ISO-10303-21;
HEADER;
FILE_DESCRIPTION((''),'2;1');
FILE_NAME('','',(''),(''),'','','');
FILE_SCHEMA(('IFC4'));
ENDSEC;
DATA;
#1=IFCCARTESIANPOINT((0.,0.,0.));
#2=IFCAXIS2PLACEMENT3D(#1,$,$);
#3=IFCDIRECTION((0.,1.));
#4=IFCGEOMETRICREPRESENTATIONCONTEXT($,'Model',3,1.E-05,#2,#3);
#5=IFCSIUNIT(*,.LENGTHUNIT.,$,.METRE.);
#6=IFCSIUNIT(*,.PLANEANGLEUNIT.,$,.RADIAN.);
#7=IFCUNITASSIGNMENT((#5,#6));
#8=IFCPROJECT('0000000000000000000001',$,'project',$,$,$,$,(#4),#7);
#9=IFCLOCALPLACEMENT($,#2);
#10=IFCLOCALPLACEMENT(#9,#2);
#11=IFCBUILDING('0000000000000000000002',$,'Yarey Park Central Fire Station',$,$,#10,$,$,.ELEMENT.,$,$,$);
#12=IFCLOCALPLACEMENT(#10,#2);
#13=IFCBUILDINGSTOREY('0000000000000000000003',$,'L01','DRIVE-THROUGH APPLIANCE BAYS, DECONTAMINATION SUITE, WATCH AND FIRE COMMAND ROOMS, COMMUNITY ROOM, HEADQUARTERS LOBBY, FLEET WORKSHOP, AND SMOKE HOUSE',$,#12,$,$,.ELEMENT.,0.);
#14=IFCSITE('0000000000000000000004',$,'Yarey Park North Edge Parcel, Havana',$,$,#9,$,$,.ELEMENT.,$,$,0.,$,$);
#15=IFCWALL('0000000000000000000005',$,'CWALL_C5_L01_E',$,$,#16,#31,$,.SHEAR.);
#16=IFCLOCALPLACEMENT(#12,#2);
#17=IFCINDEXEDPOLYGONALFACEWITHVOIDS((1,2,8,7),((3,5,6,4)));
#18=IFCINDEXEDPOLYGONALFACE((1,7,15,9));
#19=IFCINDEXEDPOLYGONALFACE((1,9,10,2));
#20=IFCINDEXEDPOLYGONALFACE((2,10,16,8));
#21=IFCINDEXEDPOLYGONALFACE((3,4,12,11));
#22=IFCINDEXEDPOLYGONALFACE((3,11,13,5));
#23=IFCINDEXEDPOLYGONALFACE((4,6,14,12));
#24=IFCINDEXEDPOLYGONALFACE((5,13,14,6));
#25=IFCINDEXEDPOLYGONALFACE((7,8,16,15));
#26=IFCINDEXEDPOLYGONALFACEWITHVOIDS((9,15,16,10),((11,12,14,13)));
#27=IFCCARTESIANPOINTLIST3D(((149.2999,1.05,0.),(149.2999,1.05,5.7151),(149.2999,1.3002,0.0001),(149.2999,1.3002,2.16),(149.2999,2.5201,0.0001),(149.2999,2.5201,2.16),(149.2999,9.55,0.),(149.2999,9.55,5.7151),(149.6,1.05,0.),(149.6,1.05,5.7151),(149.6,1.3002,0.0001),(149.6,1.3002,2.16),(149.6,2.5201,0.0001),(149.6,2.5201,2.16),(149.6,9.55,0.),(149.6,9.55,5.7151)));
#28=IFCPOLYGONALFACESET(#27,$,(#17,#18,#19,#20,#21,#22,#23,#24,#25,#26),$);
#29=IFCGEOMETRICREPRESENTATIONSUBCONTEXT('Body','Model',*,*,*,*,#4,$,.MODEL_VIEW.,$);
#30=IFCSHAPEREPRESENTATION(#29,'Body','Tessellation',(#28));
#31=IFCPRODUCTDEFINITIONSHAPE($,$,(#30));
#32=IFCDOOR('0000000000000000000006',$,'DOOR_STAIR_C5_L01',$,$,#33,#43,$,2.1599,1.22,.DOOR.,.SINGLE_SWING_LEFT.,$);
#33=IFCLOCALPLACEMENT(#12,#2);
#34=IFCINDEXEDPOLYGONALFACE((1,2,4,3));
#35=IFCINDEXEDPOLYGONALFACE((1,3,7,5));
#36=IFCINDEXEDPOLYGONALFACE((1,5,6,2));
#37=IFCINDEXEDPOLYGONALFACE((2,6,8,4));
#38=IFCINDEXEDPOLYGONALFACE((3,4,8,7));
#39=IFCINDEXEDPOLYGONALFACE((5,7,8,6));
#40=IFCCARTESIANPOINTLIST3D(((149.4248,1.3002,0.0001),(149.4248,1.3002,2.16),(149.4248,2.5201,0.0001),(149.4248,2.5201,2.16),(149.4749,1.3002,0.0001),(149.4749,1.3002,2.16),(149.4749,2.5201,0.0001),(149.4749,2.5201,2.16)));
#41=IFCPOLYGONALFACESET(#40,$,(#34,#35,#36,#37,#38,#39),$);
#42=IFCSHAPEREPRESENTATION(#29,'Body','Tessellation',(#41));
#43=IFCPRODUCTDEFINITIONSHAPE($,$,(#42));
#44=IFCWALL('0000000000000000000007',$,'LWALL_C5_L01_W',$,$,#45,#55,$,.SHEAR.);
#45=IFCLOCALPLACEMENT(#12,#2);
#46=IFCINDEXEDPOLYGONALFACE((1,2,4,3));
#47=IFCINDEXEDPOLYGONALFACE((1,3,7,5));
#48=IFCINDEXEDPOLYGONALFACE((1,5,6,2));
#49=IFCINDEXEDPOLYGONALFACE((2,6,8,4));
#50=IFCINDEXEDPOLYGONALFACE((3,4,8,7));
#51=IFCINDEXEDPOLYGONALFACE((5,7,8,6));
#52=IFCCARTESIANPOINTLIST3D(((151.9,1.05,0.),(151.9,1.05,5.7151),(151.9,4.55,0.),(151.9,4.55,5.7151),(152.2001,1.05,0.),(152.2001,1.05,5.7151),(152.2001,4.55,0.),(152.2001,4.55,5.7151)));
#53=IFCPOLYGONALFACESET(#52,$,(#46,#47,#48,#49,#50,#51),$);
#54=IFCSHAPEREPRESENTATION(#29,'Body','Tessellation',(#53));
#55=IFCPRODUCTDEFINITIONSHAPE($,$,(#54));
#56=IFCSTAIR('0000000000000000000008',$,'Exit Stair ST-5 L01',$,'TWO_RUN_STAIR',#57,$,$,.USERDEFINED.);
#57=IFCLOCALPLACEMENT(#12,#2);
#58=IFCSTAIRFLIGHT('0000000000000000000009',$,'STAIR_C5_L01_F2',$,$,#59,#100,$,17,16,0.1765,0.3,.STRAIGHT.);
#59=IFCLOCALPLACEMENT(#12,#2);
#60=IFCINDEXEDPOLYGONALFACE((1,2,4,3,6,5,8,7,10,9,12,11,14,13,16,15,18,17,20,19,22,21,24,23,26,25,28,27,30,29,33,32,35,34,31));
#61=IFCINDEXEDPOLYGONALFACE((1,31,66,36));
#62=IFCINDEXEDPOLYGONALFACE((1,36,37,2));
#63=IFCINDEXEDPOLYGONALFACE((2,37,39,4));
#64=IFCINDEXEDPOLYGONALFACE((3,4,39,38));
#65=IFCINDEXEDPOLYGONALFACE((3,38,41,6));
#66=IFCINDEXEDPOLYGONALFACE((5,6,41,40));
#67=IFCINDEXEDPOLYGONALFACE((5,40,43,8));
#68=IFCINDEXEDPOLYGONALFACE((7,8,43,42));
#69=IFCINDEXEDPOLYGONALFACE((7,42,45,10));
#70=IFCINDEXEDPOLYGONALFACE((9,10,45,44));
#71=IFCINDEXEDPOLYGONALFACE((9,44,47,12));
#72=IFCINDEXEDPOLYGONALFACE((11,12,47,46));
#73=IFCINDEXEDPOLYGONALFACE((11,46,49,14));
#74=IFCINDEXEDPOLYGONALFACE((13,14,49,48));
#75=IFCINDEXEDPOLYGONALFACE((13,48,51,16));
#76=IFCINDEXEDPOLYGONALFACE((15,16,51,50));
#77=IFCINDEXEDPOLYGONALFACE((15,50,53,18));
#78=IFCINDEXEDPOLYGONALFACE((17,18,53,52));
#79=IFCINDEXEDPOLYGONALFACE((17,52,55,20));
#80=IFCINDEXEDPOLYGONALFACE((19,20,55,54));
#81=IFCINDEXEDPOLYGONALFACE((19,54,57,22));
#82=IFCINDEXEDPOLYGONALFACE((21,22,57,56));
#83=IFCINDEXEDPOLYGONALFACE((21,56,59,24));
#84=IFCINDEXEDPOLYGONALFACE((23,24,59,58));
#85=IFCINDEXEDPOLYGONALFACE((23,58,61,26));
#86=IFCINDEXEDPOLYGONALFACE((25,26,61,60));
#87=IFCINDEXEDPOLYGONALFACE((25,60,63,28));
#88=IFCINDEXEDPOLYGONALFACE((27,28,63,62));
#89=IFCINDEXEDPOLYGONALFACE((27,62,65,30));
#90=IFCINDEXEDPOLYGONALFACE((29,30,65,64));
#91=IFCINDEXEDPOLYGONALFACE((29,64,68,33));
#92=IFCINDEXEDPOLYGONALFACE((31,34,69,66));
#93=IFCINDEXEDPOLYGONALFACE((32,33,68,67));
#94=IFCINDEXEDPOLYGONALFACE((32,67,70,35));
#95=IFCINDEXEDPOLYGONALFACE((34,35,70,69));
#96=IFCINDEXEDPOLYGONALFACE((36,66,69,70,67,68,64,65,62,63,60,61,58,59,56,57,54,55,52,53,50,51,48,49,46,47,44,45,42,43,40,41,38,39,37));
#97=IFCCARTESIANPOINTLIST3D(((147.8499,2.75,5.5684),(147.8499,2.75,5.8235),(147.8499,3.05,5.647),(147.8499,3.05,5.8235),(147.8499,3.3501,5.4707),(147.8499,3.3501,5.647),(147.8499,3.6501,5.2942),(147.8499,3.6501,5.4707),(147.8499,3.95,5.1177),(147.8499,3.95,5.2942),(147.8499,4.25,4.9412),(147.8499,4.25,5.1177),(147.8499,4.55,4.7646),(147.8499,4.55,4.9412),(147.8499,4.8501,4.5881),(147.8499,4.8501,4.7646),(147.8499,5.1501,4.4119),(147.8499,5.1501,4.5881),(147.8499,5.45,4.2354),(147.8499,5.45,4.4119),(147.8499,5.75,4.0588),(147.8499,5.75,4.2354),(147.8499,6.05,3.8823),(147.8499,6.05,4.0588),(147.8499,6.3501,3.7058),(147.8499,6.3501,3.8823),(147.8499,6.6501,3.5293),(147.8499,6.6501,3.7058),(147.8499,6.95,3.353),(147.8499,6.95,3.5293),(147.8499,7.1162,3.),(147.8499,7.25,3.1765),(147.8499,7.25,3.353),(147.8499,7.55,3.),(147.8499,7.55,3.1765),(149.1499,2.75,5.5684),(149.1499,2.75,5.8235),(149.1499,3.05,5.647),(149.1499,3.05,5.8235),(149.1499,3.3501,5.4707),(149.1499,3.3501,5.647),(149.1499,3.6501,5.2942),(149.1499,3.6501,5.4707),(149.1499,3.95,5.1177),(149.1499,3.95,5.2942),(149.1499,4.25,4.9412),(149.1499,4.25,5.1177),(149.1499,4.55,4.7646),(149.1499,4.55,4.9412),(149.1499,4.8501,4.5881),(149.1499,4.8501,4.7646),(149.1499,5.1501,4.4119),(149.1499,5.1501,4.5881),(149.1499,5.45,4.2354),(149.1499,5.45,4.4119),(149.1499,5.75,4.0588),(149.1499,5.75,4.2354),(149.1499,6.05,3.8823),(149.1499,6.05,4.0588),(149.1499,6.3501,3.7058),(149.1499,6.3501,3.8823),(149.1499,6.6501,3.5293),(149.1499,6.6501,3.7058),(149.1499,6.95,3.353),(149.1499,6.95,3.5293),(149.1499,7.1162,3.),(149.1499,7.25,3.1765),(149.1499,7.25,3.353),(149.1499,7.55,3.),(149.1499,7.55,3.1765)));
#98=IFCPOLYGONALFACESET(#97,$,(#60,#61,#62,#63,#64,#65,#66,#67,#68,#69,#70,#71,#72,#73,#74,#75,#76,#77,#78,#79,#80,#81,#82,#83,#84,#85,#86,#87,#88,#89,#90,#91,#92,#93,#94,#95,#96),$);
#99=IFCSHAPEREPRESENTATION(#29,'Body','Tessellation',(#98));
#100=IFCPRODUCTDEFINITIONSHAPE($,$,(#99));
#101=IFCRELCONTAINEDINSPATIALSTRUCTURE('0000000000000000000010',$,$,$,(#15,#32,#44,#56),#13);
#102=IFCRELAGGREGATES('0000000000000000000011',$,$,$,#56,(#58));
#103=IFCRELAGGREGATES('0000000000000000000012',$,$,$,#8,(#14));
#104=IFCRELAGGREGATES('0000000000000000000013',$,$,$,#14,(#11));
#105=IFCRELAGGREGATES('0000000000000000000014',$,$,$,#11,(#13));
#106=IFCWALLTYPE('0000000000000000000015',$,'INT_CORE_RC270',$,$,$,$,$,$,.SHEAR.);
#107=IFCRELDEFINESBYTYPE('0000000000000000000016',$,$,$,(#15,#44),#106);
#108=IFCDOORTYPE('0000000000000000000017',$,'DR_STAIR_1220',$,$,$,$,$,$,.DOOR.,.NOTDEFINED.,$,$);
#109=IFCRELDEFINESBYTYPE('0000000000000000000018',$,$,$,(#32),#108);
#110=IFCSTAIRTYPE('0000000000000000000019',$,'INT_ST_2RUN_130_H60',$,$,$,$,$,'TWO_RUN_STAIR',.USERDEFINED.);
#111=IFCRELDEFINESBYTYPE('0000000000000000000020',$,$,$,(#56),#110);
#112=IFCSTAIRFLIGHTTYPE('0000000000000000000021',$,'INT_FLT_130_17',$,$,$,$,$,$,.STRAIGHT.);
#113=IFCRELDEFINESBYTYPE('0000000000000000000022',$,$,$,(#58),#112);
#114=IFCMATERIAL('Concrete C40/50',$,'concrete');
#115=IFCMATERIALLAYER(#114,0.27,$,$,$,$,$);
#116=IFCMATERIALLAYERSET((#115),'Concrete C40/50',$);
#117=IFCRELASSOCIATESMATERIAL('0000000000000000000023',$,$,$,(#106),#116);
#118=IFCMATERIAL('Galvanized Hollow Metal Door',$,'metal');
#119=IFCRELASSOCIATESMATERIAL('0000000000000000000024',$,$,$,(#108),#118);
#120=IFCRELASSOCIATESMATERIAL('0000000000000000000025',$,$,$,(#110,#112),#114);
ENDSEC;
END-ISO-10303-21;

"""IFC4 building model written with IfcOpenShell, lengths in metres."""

from ifc_helpers import new_model, si_unit, direction, frame, frame_2d, origin, place, context, subcontext, project, spatial, polyline, rectangle, outline, extrude, material, layer, layer_set, type_object, element, fill, aggregate, save


model = new_model("IFC4")

# Units and contexts
model_context = context("Model", 3, precision=1e-05, world=origin(), true_north=direction((0.0, 1.0)))
body_context = subcontext(model_context, "Body", "Model", "MODEL_VIEW")
ifc_project = project(units=[si_unit("LENGTHUNIT", "METRE"), si_unit("PLANEANGLEUNIT", "RADIAN")], contexts=[model_context])

# Site, building, storey
site_placement = place(None, origin())
site = spatial("IfcSite", under=ifc_project, at=site_placement, Name="Yarey Park North Edge Parcel, Havana", CompositionType="ELEMENT", RefElevation=0.0)
building_placement = place(site_placement, origin())
building = spatial("IfcBuilding", under=site, at=building_placement, Name="Yarey Park Central Fire Station", CompositionType="ELEMENT")
storey_placement = place(building_placement, origin())
storey = spatial("IfcBuildingStorey", under=building, at=storey_placement, Name="L01", Description="DRIVE-THROUGH APPLIANCE BAYS, DECONTAMINATION SUITE, WATCH AND FIRE COMMAND ROOMS, COMMUNITY ROOM, HEADQUARTERS LOBBY, FLEET WORKSHOP, AND SMOKE HOUSE", CompositionType="ELEMENT", Elevation=0.0)

# Shared definitions
ifc_material_1 = material(Name="Concrete C40/50", Category="concrete")
ifc_layer = layer(ifc_material_1, 0.27)
ifc_layer_set = layer_set([ifc_layer], Name="Concrete C40/50")
wall_type = type_object("IfcWallType", Name="INT_CORE_RC270", PredefinedType="SHEAR", material=ifc_layer_set)

# Wall, opening, door
wall_1_placement = place(storey_placement, frame((149.45, 9.55, 0.0), z_axis=(0.0, 0.0, 1.0), x_axis=(0.0, -1.0, 0.0)))
wall_1 = element("IfcWall", 1, at=wall_1_placement, inside=storey, type_object=wall_type, Name="CWALL_C5_L01_E", PredefinedType="SHEAR", context=body_context, shape_type="SweptSolid", body=[
    extrude(rectangle(XDim=8.5, YDim=0.3, at=frame_2d((4.25, 0.0))), origin(), (0.0, 0.0, 1.0), 5.7151),
])
opening_placement = place(wall_1_placement, frame((7.03, 0.0, 0.0)))
opening = element("IfcOpeningElement", 2, at=opening_placement, cuts=wall_1, PredefinedType="OPENING", context=body_context, shape_type="SweptSolid", body=[
    extrude(rectangle(XDim=1.22, YDim=2.1599, at=frame_2d((0.6099, 1.0801))), frame((0.0, 0.1599, 0.0), z_axis=(0.0, -1.0, 0.0), x_axis=(1.0, 0.0, 0.0)), (0.0, 0.0, 1.0), 0.3201),
])
ifc_material_2 = material(Name="Galvanized Hollow Metal Door", Category="metal")
door_type = type_object("IfcDoorType", Name="DR_STAIR_1220", OperationType="NOTDEFINED", PredefinedType="DOOR", material=ifc_material_2)
door_placement = place(opening_placement, origin())
door = element("IfcDoor", 3, at=door_placement, inside=storey, type_object=door_type, Name="DOOR_STAIR_C5_L01", OperationType="SINGLE_SWING_LEFT", OverallHeight=2.1599, OverallWidth=1.22, PredefinedType="DOOR", context=body_context, shape_type="SweptSolid", body=[
    extrude(rectangle(XDim=1.22, YDim=2.1599, at=frame_2d((0.6099, 1.0801))), frame((0.0, 0.0249, 0.0), z_axis=(0.0, -1.0, 0.0), x_axis=(1.0, 0.0, 0.0)), (0.0, 0.0, 1.0), 0.05),
])
fill(opening, door)

# Wall
wall_2_placement = place(storey_placement, frame((152.05, 4.55, 0.0), z_axis=(0.0, 0.0, 1.0), x_axis=(0.0, -1.0, 0.0)))
element("IfcWall", 4, at=wall_2_placement, inside=storey, type_object=wall_type, Name="LWALL_C5_L01_W", PredefinedType="SHEAR", context=body_context, shape_type="SweptSolid", body=[
    extrude(rectangle(XDim=3.5, YDim=0.3, at=frame_2d((1.75, 0.0))), origin(), (0.0, 0.0, 1.0), 5.7151),
])

# Stair, stair flight
stair_type = type_object("IfcStairType", Name="INT_ST_2RUN_130_H60", ElementType="TWO_RUN_STAIR", PredefinedType="USERDEFINED", material=ifc_material_1)
stair_placement = place(storey_placement, origin())
stair = element("IfcStair", 5, at=stair_placement, inside=storey, type_object=stair_type, Name="Exit Stair ST-5 L01", ObjectType="TWO_RUN_STAIR", PredefinedType="USERDEFINED")
stair_flight_type = type_object("IfcStairFlightType", Name="INT_FLT_130_17", PredefinedType="STRAIGHT", material=ifc_material_1)
stair_flight_placement = place(storey_placement, frame((148.5, 7.55, 3.0), z_axis=(0.0, 0.0, 1.0), x_axis=(0.0, -1.0, 0.0)))
stair_flight = element("IfcStairFlight", 6, at=stair_flight_placement, type_object=stair_flight_type, Name="STAIR_C5_L01_F2", NumberOfRisers=17, NumberOfTreads=16, PredefinedType="STRAIGHT", RiserHeight=0.1765, TreadLength=0.3, context=body_context, shape_type="SweptSolid", body=[
    extrude(outline(polyline([(0.0, 0.0), (0.0, 0.1765), (0.3, 0.1765), (0.3, 0.353), (0.6001, 0.353), (0.6001, 0.5293), (0.8999, 0.5293), (0.8999, 0.7058), (1.2, 0.7058), (1.2, 0.8823), (1.5, 0.8823), (1.5, 1.0588), (1.8, 1.0588), (1.8, 1.2354), (2.1001, 1.2354), (2.1001, 1.4119), (2.3999, 1.4119), (2.3999, 1.5881), (2.7, 1.5881), (2.7, 1.7646), (3.0, 1.7646), (3.0, 1.9412), (3.3, 1.9412), (3.3, 2.1177), (3.6001, 2.1177), (3.6001, 2.2942), (3.8999, 2.2942), (3.8999, 2.4707), (4.2, 2.4707), (4.2, 2.647), (4.5, 2.647), (4.5, 2.8235), (4.8, 2.8235), (4.8, 3.0), (4.8, 2.5684), (0.4338, 0.0), (0.0, 0.0)])), frame((0.0, 0.6499, 0.0), z_axis=(0.0, -1.0, 0.0), x_axis=(1.0, 0.0, 0.0)), (0.0, 0.0, 1.0), 1.3),
])
aggregate(stair, [stair_flight])

save(model, "model.ifc")
